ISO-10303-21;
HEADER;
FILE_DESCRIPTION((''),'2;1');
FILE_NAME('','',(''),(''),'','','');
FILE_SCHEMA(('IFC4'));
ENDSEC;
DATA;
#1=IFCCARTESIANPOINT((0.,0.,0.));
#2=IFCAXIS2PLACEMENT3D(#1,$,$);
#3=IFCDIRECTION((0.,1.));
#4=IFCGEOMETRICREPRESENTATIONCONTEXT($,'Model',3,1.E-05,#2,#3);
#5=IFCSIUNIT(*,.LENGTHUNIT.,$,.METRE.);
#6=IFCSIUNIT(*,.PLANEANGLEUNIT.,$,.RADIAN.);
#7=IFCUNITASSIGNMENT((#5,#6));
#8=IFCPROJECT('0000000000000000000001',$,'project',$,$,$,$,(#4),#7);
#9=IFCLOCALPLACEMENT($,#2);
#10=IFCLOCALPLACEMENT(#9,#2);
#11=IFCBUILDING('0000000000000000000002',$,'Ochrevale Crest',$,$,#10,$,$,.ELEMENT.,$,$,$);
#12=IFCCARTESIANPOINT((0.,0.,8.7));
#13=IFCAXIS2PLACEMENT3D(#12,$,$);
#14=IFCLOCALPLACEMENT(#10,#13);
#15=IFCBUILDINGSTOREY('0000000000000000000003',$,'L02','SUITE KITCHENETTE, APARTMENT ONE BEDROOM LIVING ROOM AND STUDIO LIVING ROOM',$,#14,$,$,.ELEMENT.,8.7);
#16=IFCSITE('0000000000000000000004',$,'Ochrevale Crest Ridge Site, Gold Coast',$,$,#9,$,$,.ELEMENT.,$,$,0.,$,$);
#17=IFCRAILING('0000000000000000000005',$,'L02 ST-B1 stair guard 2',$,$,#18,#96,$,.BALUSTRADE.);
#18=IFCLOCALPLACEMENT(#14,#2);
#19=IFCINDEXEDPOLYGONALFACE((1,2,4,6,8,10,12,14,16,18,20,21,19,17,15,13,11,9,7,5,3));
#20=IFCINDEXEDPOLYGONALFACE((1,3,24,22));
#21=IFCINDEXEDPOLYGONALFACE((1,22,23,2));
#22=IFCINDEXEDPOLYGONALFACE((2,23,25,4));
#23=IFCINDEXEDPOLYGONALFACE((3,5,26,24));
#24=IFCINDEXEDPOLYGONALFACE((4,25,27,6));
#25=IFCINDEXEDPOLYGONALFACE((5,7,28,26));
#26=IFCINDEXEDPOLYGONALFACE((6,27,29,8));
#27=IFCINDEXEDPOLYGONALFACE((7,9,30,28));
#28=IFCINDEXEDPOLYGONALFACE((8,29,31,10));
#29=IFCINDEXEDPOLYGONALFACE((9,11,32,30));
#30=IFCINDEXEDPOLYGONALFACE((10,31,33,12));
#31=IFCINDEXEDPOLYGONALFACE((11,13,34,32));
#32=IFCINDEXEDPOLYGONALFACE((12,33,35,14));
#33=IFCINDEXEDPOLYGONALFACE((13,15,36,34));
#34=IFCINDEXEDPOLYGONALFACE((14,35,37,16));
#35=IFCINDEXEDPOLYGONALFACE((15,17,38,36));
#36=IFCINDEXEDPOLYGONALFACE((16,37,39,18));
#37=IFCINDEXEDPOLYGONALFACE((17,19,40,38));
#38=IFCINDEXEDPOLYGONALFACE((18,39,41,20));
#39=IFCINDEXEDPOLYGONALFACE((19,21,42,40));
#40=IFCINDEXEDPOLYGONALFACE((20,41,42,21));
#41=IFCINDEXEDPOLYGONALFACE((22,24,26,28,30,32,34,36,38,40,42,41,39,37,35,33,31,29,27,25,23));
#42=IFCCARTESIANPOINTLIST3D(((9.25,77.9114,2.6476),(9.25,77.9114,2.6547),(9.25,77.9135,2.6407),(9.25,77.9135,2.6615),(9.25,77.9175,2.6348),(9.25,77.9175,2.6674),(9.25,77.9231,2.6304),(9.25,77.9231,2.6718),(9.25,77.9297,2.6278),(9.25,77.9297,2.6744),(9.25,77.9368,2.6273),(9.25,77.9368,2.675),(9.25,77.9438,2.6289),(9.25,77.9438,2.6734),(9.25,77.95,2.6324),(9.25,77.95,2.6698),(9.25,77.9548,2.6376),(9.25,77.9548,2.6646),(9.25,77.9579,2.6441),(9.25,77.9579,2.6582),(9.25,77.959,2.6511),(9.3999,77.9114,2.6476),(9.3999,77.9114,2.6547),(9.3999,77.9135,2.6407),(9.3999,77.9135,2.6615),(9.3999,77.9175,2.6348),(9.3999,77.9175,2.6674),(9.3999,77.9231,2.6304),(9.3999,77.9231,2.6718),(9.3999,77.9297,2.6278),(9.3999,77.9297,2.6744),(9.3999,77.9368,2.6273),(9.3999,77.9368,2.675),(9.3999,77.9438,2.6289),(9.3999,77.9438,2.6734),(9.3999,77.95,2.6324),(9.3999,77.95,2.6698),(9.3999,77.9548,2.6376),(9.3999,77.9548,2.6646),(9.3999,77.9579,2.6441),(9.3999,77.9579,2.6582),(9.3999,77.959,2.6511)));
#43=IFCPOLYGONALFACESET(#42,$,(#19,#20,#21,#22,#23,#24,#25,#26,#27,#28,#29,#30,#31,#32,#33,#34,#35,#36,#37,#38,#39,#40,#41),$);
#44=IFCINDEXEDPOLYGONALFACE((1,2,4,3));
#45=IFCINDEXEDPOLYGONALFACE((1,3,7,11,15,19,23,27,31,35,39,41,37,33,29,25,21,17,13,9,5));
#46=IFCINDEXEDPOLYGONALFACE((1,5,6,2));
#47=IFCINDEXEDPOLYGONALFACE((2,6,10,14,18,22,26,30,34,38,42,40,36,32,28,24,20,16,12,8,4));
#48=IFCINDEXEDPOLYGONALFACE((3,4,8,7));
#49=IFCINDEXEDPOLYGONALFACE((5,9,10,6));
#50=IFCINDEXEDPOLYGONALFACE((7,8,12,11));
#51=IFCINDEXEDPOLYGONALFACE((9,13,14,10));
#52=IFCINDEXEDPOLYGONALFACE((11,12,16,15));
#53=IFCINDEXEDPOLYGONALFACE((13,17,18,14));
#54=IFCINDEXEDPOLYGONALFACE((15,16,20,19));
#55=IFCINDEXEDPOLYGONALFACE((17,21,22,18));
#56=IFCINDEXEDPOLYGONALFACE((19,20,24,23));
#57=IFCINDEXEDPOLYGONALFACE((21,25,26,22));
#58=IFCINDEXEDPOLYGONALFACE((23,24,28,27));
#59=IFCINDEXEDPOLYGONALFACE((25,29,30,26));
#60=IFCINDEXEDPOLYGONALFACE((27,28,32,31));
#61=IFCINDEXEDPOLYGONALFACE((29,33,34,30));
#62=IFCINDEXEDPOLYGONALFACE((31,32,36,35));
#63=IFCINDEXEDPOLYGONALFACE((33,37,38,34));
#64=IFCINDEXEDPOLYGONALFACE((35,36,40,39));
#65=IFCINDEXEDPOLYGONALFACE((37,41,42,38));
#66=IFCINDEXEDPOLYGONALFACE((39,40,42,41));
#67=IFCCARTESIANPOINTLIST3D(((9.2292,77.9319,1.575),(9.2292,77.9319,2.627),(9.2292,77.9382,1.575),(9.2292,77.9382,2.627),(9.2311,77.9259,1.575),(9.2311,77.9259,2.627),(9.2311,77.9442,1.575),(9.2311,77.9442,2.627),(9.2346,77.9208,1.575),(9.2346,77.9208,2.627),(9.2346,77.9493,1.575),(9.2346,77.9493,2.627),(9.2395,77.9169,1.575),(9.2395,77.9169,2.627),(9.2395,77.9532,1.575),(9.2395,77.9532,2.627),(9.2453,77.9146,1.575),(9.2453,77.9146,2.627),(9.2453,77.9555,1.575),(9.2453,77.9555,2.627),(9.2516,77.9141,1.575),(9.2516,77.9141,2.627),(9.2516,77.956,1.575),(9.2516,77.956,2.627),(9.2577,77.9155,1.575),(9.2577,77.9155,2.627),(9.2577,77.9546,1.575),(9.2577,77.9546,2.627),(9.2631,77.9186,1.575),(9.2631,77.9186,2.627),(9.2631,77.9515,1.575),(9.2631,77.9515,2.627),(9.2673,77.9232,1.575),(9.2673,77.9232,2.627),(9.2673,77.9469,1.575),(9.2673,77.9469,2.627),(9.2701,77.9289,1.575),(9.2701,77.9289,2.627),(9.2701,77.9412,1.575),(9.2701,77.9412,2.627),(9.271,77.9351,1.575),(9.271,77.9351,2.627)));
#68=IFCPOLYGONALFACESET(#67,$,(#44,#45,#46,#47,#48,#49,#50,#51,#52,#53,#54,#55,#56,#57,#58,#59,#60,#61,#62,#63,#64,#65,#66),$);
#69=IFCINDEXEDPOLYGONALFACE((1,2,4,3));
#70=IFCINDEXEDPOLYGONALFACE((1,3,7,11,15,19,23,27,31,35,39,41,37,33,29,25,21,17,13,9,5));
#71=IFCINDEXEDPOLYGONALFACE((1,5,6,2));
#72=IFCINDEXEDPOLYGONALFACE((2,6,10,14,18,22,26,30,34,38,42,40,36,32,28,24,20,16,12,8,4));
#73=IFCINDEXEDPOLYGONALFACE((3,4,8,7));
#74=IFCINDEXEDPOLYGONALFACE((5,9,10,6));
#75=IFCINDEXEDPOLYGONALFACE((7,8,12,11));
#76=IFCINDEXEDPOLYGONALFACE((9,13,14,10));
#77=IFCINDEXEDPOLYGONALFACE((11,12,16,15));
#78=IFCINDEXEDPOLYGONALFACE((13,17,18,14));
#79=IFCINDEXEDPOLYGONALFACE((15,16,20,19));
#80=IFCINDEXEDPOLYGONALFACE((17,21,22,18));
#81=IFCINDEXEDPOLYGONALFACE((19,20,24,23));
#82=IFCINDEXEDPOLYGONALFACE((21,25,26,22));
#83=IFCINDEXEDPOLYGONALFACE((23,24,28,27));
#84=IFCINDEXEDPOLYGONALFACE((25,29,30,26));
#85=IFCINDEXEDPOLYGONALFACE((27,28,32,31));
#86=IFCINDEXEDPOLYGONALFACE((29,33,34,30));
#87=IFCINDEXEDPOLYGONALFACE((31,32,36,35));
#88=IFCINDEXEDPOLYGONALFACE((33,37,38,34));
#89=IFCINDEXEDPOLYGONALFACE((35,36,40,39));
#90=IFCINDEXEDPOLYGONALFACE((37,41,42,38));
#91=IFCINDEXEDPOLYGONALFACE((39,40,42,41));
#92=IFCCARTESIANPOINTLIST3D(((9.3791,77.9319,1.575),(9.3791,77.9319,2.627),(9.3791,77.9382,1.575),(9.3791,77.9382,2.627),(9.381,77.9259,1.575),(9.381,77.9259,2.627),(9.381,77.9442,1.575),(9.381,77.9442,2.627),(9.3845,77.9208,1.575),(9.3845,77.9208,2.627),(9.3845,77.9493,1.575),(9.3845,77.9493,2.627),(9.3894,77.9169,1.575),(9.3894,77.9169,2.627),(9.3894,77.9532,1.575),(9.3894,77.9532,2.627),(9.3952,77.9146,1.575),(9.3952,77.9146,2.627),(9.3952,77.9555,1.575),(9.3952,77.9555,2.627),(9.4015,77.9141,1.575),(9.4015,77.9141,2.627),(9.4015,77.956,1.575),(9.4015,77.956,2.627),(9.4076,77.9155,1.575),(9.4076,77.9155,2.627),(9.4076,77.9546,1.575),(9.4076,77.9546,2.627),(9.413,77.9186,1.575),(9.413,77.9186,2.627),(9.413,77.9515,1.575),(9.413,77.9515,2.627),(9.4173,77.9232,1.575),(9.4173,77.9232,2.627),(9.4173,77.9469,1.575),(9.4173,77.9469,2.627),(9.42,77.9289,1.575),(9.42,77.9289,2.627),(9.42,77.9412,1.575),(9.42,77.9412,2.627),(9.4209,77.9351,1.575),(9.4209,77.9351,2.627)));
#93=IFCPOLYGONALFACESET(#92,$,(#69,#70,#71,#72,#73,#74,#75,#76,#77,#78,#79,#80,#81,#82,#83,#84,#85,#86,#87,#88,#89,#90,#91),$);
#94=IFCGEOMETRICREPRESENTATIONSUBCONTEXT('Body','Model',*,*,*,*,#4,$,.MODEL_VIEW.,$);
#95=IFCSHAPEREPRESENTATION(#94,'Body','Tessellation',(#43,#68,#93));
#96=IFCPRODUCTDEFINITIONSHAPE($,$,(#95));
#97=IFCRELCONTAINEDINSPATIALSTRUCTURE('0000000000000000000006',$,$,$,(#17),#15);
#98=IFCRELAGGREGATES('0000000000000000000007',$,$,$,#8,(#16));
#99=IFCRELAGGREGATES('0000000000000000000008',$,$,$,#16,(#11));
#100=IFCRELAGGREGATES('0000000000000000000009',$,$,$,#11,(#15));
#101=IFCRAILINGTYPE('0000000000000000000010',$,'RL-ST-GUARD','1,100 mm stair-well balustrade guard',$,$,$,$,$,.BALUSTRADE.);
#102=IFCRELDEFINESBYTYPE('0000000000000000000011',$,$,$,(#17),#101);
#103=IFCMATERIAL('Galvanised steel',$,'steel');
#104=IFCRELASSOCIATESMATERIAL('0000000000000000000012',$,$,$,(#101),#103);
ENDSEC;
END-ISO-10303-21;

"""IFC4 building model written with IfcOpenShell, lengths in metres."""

from ifc_helpers import new_model, si_unit, direction, frame, origin, origin_2d, place, context, subcontext, project, spatial, circle, extrude, material, type_object, element, save


model = new_model("IFC4")

# Units and contexts
model_context = context("Model", 3, precision=1e-05, world=origin(), true_north=direction((0.0, 1.0)))
body_context = subcontext(model_context, "Body", "Model", "MODEL_VIEW")
ifc_project = project(units=[si_unit("LENGTHUNIT", "METRE"), si_unit("PLANEANGLEUNIT", "RADIAN")], contexts=[model_context])

# Site, building, storey
site_placement = place(None, origin())
site = spatial("IfcSite", under=ifc_project, at=site_placement, Name="Ochrevale Crest Ridge Site, Gold Coast", CompositionType="ELEMENT", RefElevation=0.0)
building_placement = place(site_placement, origin())
building = spatial("IfcBuilding", under=site, at=building_placement, Name="Ochrevale Crest", CompositionType="ELEMENT")
storey_placement = place(building_placement, frame((0.0, 0.0, 8.7)))
storey = spatial("IfcBuildingStorey", under=building, at=storey_placement, Name="L02", Description="SUITE KITCHENETTE, APARTMENT ONE BEDROOM LIVING ROOM AND STUDIO LIVING ROOM", CompositionType="ELEMENT", Elevation=8.7)

# Railing
ifc_material_1 = material(Name="Galvanised steel", Category="steel")
railing_type_1 = type_object("IfcRailingType", Name="RL-ST-GUARD", Description="1,100 mm stair-well balustrade guard", PredefinedType="BALUSTRADE", material=ifc_material_1)
railing_1_placement = place(storey_placement, frame((9.25, 77.9351, 1.575)))
element("IfcRailing", 1, at=railing_1_placement, inside=storey, type_object=railing_type_1, Name="L02 ST-B1 stair guard 2", PredefinedType="BALUSTRADE", context=body_context, shape_type="SweptSolid", body=[
    extrude(circle(Radius=0.0239, at=origin_2d()), frame((0.0, 0.0, 1.0762), z_axis=(1.0, 0.0, 0.0), x_axis=(0.0, 1.0, 0.0)), (0.0, 0.0, 1.0), 0.1499),
    extrude(circle(Radius=0.021, at=origin_2d()), origin(), (0.0, 0.0, 1.0), 1.052),
    extrude(circle(Radius=0.021, at=origin_2d()), frame((0.1499, 0.0, 0.0)), (0.0, 0.0, 1.0), 1.052),
])

save(model, "model.ifc")
